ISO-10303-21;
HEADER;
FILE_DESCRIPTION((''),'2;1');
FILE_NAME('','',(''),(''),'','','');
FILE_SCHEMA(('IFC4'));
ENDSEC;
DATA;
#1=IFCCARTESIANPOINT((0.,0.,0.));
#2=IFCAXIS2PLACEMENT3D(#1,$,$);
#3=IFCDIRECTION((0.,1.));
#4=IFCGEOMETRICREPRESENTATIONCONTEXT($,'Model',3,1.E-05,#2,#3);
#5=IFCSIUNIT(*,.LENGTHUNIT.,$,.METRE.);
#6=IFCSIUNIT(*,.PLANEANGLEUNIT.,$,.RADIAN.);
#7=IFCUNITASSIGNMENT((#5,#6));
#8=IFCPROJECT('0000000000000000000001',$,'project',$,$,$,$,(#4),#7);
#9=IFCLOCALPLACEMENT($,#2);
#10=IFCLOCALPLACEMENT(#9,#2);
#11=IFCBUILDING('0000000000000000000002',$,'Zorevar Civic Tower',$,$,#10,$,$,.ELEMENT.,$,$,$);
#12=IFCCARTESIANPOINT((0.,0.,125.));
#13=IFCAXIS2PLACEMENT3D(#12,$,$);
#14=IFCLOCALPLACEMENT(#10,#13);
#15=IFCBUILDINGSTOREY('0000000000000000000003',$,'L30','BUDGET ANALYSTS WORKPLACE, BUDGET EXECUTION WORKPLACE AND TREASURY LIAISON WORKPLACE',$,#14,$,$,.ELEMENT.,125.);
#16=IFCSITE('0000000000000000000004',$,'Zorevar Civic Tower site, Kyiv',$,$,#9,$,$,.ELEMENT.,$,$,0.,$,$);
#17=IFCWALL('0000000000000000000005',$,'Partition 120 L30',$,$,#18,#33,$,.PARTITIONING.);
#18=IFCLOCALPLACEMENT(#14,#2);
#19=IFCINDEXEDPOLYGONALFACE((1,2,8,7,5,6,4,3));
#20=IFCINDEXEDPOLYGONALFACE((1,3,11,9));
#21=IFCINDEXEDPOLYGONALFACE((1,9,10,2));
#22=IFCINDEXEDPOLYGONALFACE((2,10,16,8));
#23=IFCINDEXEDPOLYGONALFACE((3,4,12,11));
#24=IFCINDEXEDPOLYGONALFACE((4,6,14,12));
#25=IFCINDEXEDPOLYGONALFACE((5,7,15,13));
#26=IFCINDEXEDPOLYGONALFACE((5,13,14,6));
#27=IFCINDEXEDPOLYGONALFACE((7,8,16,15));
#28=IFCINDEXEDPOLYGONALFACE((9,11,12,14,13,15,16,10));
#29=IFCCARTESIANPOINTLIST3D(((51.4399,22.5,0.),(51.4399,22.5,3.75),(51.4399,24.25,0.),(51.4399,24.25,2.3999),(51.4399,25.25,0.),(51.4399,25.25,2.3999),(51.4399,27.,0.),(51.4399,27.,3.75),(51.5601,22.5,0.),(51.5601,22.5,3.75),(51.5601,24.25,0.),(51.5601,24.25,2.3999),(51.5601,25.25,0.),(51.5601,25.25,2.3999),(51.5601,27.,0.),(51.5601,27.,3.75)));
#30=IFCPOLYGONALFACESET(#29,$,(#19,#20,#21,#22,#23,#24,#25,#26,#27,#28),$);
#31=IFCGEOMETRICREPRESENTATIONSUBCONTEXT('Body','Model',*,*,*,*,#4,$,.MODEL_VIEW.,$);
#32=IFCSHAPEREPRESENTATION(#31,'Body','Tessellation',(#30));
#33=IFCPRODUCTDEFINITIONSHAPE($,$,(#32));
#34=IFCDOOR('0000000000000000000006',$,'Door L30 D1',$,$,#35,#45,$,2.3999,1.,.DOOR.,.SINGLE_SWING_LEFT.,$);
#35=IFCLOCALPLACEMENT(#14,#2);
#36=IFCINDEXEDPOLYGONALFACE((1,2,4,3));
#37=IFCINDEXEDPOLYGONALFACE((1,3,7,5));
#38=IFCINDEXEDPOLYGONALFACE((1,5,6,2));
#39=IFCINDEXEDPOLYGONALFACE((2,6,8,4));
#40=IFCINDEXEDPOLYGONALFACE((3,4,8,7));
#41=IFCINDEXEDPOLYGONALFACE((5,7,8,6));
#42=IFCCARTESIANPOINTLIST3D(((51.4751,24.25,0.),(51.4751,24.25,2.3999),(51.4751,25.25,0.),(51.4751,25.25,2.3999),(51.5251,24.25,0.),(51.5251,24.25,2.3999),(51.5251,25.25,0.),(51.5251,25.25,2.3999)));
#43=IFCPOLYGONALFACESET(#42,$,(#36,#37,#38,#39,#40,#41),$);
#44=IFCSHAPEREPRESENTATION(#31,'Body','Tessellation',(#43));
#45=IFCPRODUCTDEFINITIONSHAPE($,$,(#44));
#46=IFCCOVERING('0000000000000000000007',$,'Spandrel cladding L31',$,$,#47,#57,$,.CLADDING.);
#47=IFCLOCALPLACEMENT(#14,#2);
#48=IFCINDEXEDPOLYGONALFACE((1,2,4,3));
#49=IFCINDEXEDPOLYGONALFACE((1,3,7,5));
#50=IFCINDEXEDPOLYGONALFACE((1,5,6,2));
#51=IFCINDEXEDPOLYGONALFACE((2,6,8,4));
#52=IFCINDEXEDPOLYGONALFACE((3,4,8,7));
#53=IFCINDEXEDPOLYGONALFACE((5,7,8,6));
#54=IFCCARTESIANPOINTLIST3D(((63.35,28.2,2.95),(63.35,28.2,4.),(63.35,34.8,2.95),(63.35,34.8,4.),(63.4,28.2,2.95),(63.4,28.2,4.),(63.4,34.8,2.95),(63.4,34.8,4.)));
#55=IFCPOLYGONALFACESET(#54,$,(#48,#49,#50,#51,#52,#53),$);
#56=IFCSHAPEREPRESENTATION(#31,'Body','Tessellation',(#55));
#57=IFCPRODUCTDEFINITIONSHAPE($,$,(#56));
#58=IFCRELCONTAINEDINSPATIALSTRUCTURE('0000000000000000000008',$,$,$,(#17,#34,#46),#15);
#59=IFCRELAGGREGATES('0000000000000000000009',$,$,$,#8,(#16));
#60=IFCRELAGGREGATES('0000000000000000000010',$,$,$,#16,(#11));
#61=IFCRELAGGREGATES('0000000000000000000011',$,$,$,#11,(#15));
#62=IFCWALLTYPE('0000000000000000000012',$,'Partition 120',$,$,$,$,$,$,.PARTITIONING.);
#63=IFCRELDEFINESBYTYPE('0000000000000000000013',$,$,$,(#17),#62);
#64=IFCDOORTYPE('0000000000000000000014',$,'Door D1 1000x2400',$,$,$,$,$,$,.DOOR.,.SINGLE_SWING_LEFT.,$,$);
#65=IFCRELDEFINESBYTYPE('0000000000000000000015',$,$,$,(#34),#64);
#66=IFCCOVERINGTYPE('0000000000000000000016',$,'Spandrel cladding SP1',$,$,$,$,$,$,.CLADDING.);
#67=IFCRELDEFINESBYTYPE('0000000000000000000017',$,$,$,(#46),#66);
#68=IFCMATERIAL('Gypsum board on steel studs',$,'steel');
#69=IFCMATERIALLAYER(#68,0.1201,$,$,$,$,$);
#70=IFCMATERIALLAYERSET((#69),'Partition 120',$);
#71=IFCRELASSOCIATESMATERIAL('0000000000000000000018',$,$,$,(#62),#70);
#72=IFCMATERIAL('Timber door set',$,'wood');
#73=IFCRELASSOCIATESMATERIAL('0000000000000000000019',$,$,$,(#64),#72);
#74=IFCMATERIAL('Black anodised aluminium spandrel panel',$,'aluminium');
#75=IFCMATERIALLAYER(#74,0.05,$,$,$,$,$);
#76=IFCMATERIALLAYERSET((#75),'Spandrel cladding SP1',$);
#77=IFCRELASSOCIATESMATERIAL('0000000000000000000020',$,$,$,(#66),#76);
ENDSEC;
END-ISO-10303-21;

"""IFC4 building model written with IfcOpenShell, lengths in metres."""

from ifc_helpers import new_model, si_unit, direction, frame, frame_2d, origin, place, context, subcontext, project, spatial, rectangle, extrude, material, layer, layer_set, type_object, element, fill, save


model = new_model("IFC4")

# Units and contexts
model_context = context("Model", 3, precision=1e-05, world=origin(), true_north=direction((0.0, 1.0)))
body_context = subcontext(model_context, "Body", "Model", "MODEL_VIEW")
ifc_project = project(units=[si_unit("LENGTHUNIT", "METRE"), si_unit("PLANEANGLEUNIT", "RADIAN")], contexts=[model_context])

# Site, building, storey
site_placement = place(None, origin())
site = spatial("IfcSite", under=ifc_project, at=site_placement, Name="Zorevar Civic Tower site, Kyiv", CompositionType="ELEMENT", RefElevation=0.0)
building_placement = place(site_placement, origin())
building = spatial("IfcBuilding", under=site, at=building_placement, Name="Zorevar Civic Tower", CompositionType="ELEMENT")
storey_placement = place(building_placement, frame((0.0, 0.0, 125.0)))
storey = spatial("IfcBuildingStorey", under=building, at=storey_placement, Name="L30", Description="BUDGET ANALYSTS WORKPLACE, BUDGET EXECUTION WORKPLACE AND TREASURY LIAISON WORKPLACE", CompositionType="ELEMENT", Elevation=125.0)

# Shared definitions
ifc_material_1 = material(Name="Gypsum board on steel studs", Category="steel")
ifc_layer_1 = layer(ifc_material_1, 0.1201)
ifc_layer_set_1 = layer_set([ifc_layer_1], Name="Partition 120")
wall_type_1 = type_object("IfcWallType", Name="Partition 120", PredefinedType="PARTITIONING", material=ifc_layer_set_1)

# Wall, opening, door
wall_1_placement = place(storey_placement, frame((51.5, 22.5, 0.0), z_axis=(0.0, 0.0, 1.0), x_axis=(0.0, 1.0, 0.0)))
wall_1 = element("IfcWall", 1, at=wall_1_placement, inside=storey, type_object=wall_type_1, Name="Partition 120 L30", PredefinedType="PARTITIONING", context=body_context, shape_type="SweptSolid", body=[
    extrude(rectangle(XDim=4.5, YDim=0.1201, at=frame_2d((2.25, 0.0))), origin(), (0.0, 0.0, 1.0), 3.75),
])
opening_1_placement = place(wall_1_placement, frame((1.75, 0.0, 0.0)))
opening_1 = element("IfcOpeningElement", 2, at=opening_1_placement, cuts=wall_1, PredefinedType="OPENING", context=body_context, shape_type="SweptSolid", body=[
    extrude(rectangle(XDim=1.0, YDim=2.3999, at=frame_2d((0.5, 1.2))), frame((0.0, 0.0701, 0.0), z_axis=(0.0, -1.0, 0.0), x_axis=(1.0, 0.0, 0.0)), (0.0, 0.0, 1.0), 0.1401),
])
ifc_material_2 = material(Name="Timber door set", Category="wood")
door_type_1 = type_object("IfcDoorType", Name="Door D1 1000x2400", OperationType="SINGLE_SWING_LEFT", PredefinedType="DOOR", material=ifc_material_2)
door_1_placement = place(opening_1_placement, origin())
door_1 = element("IfcDoor", 3, at=door_1_placement, inside=storey, type_object=door_type_1, Name="Door L30 D1", OperationType="SINGLE_SWING_LEFT", OverallHeight=2.3999, OverallWidth=1.0, PredefinedType="DOOR", context=body_context, shape_type="SweptSolid", body=[
    extrude(rectangle(XDim=1.0, YDim=2.3999, at=frame_2d((0.5, 1.2))), frame((0.0, 0.0249, 0.0), z_axis=(0.0, -1.0, 0.0), x_axis=(1.0, 0.0, 0.0)), (0.0, 0.0, 1.0), 0.05),
])
fill(opening_1, door_1)

# Covering
ifc_material_3 = material(Name="Black anodised aluminium spandrel panel", Category="aluminium")
ifc_layer_2 = layer(ifc_material_3, 0.05)
ifc_layer_set_2 = layer_set([ifc_layer_2], Name="Spandrel cladding SP1")
covering_type = type_object("IfcCoveringType", Name="Spandrel cladding SP1", PredefinedType="CLADDING", material=ifc_layer_set_2)
covering_placement = place(storey_placement, frame((63.375, 28.2, 2.95), z_axis=(0.0, 0.0, 1.0), x_axis=(0.0, 1.0, 0.0)))
element("IfcCovering", 4, at=covering_placement, inside=storey, type_object=covering_type, Name="Spandrel cladding L31", PredefinedType="CLADDING", context=body_context, shape_type="SweptSolid", body=[
    extrude(rectangle(XDim=6.6001, YDim=0.05, at=frame_2d((3.3, 0.0))), origin(), (0.0, 0.0, 1.0), 1.05),
])

save(model, "model.ifc")
